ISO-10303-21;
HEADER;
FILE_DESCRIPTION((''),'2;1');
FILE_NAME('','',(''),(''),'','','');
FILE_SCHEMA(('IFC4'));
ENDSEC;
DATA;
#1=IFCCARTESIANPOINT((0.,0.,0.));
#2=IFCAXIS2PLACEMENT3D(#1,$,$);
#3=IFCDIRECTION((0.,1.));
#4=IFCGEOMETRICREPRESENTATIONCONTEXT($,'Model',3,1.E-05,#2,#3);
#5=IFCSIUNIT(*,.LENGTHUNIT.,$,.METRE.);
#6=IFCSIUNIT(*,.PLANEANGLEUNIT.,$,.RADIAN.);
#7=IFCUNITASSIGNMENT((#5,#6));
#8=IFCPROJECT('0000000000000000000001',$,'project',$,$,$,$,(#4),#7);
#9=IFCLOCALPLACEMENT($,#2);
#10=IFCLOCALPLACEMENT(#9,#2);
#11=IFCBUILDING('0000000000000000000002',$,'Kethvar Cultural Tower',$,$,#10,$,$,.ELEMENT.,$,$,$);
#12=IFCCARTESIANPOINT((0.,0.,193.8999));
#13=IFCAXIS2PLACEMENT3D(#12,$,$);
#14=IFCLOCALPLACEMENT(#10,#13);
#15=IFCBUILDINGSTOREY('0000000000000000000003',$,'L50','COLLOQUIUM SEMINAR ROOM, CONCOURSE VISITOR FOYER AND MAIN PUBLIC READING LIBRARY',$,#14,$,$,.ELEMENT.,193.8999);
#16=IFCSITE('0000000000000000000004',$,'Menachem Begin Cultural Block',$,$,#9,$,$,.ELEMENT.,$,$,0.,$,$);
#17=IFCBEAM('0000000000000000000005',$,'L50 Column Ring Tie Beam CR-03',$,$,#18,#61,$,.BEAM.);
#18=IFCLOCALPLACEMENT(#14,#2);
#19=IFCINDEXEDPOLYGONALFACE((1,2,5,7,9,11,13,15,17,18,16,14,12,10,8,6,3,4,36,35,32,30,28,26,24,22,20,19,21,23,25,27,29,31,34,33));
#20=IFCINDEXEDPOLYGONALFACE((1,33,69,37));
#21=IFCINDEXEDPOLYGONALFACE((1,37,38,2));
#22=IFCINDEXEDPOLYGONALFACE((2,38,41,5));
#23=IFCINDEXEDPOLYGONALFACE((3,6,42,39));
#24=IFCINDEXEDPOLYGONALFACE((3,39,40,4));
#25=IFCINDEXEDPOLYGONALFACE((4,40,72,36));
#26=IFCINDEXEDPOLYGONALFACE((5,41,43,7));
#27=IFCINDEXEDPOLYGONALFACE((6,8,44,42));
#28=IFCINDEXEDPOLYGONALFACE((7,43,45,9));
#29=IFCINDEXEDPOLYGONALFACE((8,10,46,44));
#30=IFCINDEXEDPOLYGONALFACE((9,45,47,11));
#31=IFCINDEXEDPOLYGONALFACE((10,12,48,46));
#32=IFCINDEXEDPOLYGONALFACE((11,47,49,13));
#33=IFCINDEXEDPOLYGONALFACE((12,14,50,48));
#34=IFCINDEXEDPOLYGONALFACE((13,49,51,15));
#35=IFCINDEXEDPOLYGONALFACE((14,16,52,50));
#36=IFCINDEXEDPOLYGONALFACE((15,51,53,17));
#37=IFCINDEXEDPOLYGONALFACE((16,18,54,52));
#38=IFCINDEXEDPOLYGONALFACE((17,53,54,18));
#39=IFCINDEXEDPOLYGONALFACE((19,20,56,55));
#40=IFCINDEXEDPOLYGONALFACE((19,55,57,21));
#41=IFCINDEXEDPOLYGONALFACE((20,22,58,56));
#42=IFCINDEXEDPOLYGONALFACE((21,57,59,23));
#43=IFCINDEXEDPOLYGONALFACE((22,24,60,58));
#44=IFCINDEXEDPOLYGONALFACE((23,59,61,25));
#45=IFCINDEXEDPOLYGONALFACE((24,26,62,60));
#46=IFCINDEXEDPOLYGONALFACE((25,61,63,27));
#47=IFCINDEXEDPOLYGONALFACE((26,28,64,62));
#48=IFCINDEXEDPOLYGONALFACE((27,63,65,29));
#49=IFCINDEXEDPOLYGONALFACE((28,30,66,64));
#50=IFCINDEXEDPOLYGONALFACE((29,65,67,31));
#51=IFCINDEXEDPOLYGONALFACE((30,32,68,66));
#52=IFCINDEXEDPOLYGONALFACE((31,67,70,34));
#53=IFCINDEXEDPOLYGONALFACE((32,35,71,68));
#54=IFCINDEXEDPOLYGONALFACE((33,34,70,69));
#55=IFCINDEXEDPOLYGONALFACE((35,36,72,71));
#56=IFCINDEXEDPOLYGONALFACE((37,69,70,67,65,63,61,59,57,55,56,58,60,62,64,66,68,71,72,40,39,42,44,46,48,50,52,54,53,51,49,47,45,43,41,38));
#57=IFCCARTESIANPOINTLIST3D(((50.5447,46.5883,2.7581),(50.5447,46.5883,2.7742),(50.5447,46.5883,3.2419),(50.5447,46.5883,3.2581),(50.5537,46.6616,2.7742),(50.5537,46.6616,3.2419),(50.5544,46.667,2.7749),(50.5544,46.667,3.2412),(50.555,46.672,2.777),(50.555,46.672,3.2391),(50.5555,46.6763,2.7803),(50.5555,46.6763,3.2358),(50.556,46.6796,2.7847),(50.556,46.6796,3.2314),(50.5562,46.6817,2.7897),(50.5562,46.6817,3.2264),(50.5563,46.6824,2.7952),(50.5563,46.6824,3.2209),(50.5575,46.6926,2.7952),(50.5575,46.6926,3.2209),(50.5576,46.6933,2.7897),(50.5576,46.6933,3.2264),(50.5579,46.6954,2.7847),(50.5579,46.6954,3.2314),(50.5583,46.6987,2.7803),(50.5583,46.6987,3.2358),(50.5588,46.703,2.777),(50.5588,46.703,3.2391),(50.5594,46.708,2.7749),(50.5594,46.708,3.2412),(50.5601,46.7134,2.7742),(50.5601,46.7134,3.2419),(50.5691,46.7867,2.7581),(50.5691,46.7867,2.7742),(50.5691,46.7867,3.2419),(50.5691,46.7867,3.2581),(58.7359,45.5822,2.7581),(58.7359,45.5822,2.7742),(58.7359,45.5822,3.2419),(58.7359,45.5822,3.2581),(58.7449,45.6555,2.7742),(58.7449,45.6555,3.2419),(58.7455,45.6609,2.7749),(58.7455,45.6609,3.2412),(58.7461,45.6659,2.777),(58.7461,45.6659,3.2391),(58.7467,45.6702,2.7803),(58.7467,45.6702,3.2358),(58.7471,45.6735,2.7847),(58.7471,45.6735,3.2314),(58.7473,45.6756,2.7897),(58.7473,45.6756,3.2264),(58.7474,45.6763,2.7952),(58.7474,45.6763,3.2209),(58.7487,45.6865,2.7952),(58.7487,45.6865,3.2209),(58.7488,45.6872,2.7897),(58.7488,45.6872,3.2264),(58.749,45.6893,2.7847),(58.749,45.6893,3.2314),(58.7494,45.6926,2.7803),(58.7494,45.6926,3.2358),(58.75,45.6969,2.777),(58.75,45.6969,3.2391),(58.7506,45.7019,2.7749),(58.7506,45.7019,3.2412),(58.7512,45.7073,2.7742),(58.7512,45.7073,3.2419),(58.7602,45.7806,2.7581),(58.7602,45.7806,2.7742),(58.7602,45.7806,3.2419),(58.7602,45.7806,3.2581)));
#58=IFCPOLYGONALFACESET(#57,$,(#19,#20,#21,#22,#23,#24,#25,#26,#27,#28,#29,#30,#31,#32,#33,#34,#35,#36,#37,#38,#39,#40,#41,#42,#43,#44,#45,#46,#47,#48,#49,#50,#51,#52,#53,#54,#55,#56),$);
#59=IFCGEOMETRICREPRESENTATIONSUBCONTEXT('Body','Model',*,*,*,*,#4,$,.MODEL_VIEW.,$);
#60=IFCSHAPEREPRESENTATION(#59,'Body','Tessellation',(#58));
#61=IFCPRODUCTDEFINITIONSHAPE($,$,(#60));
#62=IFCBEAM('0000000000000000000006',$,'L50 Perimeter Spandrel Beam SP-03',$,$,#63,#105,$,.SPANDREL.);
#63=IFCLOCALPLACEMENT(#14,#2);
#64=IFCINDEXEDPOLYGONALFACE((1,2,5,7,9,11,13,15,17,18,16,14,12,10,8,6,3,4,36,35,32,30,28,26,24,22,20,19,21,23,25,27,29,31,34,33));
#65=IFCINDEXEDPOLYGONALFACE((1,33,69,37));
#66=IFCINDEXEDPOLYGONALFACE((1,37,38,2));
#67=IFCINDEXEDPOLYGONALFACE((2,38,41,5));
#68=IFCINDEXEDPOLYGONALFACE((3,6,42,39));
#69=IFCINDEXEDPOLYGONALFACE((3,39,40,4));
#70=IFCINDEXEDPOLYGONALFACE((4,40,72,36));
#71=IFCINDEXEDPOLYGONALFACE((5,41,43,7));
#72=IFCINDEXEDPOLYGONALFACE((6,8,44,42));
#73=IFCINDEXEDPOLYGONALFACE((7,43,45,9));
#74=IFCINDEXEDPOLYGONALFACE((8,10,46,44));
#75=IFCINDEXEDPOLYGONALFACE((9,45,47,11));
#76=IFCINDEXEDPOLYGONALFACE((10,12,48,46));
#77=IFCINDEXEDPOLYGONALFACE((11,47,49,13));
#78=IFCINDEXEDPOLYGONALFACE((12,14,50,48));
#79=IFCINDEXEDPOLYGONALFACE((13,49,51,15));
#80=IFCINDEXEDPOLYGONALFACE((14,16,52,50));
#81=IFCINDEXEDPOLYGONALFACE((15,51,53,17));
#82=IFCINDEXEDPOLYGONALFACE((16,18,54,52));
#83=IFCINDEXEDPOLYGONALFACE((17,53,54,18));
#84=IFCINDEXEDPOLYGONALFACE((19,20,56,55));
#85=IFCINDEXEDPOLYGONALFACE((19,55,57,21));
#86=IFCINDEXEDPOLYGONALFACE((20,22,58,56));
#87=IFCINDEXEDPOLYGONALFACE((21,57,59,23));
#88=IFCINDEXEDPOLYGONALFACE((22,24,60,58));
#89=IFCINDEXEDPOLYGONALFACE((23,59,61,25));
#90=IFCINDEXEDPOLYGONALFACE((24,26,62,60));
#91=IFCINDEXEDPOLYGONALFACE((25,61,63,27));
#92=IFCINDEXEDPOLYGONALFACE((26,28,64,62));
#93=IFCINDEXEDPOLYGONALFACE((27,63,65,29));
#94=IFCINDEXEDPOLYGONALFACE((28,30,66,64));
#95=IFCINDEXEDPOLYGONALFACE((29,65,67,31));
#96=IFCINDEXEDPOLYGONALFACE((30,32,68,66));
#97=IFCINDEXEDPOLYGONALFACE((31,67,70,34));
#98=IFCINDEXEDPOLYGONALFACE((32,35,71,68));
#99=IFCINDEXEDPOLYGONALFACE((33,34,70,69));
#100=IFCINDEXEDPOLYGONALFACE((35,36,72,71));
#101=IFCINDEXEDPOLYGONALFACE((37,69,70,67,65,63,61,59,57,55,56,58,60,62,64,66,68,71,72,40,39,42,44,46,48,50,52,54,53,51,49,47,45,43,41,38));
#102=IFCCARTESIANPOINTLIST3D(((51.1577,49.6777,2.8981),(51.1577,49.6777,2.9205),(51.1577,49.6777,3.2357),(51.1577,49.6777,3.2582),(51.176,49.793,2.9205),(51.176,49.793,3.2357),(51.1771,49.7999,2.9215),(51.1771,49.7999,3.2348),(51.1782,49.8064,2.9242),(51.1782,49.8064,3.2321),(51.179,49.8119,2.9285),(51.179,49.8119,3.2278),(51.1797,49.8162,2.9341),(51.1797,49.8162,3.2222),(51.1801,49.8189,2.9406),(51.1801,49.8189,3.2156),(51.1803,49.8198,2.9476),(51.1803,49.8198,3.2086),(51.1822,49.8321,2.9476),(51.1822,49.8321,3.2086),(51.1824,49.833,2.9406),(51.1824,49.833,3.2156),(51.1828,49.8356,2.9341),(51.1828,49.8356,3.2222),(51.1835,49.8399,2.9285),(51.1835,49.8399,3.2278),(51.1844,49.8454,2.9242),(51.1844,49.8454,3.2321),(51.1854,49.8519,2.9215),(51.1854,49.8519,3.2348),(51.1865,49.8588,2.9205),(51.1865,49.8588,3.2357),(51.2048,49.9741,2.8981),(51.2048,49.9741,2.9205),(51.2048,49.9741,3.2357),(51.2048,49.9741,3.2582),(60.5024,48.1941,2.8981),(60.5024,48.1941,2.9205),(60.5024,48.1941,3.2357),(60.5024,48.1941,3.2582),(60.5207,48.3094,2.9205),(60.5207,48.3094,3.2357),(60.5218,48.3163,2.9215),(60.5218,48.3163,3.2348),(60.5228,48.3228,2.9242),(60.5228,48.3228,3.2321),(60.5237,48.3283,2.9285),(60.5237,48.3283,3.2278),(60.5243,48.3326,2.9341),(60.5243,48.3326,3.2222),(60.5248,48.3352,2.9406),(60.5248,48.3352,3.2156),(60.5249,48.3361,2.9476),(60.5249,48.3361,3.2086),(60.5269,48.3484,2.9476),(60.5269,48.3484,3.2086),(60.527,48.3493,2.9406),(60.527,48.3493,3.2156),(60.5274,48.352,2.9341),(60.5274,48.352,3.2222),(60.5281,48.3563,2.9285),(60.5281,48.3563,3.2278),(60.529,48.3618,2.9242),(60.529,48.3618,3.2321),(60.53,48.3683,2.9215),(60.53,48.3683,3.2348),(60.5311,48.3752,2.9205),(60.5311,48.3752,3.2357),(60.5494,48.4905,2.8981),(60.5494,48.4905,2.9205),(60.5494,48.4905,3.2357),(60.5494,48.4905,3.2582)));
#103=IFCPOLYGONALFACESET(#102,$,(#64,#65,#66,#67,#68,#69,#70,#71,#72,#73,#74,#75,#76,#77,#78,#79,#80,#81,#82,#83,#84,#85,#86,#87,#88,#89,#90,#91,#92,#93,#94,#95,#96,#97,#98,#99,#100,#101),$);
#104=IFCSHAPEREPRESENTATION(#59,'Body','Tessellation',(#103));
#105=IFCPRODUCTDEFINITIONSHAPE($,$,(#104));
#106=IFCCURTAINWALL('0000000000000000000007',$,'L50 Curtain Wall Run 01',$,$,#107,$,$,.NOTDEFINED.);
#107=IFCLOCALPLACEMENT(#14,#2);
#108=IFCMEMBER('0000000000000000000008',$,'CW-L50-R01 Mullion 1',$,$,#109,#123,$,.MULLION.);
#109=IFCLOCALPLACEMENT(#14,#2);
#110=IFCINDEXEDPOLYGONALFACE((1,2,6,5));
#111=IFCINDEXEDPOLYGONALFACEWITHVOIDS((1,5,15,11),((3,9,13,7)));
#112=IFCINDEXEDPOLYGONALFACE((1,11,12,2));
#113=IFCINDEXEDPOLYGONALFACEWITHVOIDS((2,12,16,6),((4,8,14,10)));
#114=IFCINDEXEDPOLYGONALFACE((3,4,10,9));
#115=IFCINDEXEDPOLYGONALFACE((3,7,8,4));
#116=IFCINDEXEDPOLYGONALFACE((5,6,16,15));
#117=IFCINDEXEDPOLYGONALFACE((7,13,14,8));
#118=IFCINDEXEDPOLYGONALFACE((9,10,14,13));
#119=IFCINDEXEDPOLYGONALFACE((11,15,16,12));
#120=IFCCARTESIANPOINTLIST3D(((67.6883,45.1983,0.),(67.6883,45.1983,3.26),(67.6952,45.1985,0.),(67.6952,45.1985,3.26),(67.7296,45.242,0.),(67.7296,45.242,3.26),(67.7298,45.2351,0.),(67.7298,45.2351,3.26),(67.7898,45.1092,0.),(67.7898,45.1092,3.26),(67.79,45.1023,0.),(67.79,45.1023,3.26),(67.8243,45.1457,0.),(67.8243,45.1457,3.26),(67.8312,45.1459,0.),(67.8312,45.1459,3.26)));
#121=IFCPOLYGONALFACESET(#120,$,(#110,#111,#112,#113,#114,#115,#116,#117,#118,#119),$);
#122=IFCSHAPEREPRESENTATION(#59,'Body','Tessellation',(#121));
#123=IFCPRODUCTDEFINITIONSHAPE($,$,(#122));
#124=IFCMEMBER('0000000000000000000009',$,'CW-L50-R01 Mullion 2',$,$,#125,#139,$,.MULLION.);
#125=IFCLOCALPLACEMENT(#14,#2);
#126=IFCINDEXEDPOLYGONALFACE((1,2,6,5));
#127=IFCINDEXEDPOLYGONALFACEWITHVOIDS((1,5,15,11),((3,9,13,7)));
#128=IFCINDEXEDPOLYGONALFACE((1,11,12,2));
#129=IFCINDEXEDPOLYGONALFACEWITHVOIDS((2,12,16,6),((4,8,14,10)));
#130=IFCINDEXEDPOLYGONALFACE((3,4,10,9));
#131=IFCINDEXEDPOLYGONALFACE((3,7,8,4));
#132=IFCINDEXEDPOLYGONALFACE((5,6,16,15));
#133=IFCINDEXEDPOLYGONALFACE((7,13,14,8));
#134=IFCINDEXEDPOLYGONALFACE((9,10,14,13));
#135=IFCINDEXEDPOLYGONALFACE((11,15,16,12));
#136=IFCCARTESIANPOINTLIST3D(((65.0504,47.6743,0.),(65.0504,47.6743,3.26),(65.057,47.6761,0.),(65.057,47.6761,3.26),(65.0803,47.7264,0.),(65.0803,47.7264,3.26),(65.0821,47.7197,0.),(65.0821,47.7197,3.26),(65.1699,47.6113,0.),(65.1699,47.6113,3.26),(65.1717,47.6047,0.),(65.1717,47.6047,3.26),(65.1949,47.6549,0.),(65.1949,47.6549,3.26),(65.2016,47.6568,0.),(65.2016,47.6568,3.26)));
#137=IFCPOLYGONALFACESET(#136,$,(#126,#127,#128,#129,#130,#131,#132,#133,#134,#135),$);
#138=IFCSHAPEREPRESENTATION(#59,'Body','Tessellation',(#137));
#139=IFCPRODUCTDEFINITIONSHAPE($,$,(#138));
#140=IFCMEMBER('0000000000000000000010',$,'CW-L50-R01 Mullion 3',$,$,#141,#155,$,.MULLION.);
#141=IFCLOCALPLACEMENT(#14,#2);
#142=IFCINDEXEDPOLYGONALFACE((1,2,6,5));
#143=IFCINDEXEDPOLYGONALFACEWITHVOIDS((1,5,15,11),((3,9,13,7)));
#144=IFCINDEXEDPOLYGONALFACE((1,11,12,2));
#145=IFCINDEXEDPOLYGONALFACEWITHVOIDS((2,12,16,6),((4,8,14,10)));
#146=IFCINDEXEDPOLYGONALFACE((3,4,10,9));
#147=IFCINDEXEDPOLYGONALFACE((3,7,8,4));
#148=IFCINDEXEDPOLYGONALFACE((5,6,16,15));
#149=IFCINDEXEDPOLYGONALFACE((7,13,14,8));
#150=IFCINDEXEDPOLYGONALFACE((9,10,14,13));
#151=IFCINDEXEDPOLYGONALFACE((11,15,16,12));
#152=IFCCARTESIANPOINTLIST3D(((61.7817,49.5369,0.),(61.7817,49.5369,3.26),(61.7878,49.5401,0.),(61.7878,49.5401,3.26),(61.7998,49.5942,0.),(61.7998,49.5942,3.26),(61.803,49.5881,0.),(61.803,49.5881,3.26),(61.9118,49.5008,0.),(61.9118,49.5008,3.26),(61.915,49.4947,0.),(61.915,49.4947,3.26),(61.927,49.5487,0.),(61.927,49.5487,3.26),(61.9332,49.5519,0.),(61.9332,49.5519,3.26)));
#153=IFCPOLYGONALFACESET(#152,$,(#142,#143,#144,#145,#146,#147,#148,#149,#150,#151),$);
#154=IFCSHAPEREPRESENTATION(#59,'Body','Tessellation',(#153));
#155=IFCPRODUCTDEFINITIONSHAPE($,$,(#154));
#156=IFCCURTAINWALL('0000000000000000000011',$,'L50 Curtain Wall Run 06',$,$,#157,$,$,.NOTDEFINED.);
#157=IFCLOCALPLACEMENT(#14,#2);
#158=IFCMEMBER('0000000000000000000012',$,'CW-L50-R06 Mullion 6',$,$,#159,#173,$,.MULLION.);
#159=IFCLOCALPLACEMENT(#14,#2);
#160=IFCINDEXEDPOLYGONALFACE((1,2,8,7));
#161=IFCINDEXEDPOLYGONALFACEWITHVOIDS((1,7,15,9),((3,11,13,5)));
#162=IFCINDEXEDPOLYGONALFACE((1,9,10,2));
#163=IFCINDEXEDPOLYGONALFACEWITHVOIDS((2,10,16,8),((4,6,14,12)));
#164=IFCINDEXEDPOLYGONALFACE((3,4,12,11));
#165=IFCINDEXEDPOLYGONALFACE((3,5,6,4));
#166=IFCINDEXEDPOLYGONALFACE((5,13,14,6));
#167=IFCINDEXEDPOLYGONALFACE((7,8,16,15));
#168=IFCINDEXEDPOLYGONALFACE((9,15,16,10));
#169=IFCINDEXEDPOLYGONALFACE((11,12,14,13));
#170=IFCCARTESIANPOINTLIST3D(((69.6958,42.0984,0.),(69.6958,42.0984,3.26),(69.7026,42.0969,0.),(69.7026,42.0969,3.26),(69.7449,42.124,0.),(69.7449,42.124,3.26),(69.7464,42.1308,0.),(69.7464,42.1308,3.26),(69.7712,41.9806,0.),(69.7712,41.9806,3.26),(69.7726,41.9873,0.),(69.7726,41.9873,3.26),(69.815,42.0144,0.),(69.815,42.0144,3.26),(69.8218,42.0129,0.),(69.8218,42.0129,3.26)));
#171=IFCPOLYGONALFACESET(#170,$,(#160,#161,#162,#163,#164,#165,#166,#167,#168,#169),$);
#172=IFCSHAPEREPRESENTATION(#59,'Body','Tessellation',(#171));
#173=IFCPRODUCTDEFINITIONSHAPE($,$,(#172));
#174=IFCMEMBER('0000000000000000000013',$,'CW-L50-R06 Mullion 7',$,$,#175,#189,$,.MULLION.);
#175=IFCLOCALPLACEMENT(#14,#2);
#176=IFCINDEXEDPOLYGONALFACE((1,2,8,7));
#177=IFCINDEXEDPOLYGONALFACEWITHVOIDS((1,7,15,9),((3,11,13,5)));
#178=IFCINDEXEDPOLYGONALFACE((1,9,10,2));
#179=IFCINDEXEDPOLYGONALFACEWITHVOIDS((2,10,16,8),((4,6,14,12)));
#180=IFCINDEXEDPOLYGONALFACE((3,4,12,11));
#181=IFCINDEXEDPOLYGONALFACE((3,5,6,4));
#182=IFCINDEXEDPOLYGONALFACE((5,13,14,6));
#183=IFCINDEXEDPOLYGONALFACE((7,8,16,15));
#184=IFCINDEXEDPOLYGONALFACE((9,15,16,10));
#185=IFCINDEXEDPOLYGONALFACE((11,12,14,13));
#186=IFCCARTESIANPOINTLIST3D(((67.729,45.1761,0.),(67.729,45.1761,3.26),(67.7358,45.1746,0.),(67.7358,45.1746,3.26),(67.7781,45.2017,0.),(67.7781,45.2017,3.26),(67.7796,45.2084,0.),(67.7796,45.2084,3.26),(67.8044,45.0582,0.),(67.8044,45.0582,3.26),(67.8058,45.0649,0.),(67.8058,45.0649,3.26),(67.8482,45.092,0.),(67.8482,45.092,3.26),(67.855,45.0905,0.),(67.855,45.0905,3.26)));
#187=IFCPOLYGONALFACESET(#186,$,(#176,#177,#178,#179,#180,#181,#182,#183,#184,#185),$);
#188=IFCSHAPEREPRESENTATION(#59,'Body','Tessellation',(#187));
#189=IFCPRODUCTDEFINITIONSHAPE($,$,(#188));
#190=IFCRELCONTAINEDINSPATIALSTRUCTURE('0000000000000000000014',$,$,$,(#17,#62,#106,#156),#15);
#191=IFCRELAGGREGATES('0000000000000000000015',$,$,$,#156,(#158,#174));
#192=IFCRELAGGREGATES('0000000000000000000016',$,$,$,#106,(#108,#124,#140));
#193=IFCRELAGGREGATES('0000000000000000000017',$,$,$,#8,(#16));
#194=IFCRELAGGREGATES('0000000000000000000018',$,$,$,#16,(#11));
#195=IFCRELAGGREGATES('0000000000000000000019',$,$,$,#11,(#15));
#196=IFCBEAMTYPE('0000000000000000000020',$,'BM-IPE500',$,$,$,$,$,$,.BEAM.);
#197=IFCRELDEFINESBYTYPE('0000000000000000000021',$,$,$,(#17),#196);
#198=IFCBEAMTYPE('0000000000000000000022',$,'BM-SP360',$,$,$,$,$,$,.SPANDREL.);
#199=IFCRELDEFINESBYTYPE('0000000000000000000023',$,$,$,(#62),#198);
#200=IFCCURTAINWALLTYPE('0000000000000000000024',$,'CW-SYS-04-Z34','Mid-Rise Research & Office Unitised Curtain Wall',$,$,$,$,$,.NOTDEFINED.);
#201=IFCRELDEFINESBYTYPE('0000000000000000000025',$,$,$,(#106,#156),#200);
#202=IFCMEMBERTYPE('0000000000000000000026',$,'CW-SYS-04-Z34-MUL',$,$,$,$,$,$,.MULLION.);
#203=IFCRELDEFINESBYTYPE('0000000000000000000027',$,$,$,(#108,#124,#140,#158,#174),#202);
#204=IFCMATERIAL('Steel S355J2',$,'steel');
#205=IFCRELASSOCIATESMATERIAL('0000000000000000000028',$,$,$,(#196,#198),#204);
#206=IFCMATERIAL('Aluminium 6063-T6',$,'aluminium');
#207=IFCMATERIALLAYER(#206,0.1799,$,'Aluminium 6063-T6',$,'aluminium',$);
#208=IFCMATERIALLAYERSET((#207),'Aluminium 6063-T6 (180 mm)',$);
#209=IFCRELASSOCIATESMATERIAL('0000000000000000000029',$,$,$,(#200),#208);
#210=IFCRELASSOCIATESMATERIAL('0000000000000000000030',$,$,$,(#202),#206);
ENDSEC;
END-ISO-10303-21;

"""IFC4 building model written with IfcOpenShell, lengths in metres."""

from ifc_helpers import new_model, si_unit, direction, frame, origin, origin_2d, place, context, subcontext, project, spatial, hollow_rectangle, i_section, extrude, source, transform, mapped, material, layer, layer_set, material_profile, profile_set, type_object, element, aggregate, save


model = new_model("IFC4")

# Units and contexts
model_context = context("Model", 3, precision=1e-05, world=origin(), true_north=direction((0.0, 1.0)))
body_context = subcontext(model_context, "Body", "Model", "MODEL_VIEW")
ifc_project = project(units=[si_unit("LENGTHUNIT", "METRE"), si_unit("PLANEANGLEUNIT", "RADIAN")], contexts=[model_context])

# Site, building, storey
site_placement = place(None, origin())
site = spatial("IfcSite", under=ifc_project, at=site_placement, Name="Menachem Begin Cultural Block", CompositionType="ELEMENT", RefElevation=0.0)
building_placement = place(site_placement, origin())
building = spatial("IfcBuilding", under=site, at=building_placement, Name="Kethvar Cultural Tower", CompositionType="ELEMENT")
storey_placement = place(building_placement, frame((0.0, 0.0, 193.8999)))
storey = spatial("IfcBuildingStorey", under=building, at=storey_placement, Name="L50", Description="COLLOQUIUM SEMINAR ROOM, CONCOURSE VISITOR FOYER AND MAIN PUBLIC READING LIBRARY", CompositionType="ELEMENT", Elevation=193.8999)

# Beams
ifc_material_1 = material(Name="Steel S355J2", Category="steel")
ifc_material_profile_1 = material_profile(ifc_material_1, i_section(OverallWidth=0.2, OverallDepth=0.5, WebThickness=0.0103, FlangeThickness=0.0161, FilletRadius=0.021, at=origin_2d()), Name="Steel S355J2 — IPE500")
ifc_profile_set_1 = profile_set([ifc_material_profile_1], Name="Steel S355J2 — IPE500")
beam_type_1 = type_object("IfcBeamType", Name="BM-IPE500", PredefinedType="BEAM", material=ifc_profile_set_1)
ifc_material_profile_2 = material_profile(ifc_material_1, i_section(OverallWidth=0.3, OverallDepth=0.3601, WebThickness=0.0125, FlangeThickness=0.0225, FilletRadius=0.0271, at=origin_2d()), Name="Steel S355J2 — HEB360")
ifc_profile_set_2 = profile_set([ifc_material_profile_2], Name="Steel S355J2 — HEB360")
beam_type_2 = type_object("IfcBeamType", Name="BM-SP360", PredefinedType="SPANDREL", material=ifc_profile_set_2)
shared_shape_1 = source(origin(), body_context, "Body", "SweptSolid", [
    extrude(i_section(OverallWidth=0.2, OverallDepth=0.5, WebThickness=0.0103, FlangeThickness=0.0161, FilletRadius=0.021, at=origin_2d()), origin(), (0.0, 0.0, 1.0), 8.2527),
])
beam_1_placement = place(storey_placement, frame((58.748, 45.6814, 3.0081), z_axis=(-0.992541, 0.121912, 0.0), x_axis=(-0.121912, -0.992541, 0.0)))
element("IfcBeam", 1, at=beam_1_placement, inside=storey, type_object=beam_type_1, Name="L50 Column Ring Tie Beam CR-03", PredefinedType="BEAM", context=body_context, shape_type="MappedRepresentation", body=[
    mapped(shared_shape_1, transform((0.0, 0.0, 0.0), scale=1.0)),
])
shared_shape_2 = source(origin(), body_context, "Body", "SweptSolid", [
    extrude(i_section(OverallWidth=0.3, OverallDepth=0.3601, WebThickness=0.0125, FlangeThickness=0.0225, FilletRadius=0.0271, at=origin_2d()), origin(), (0.0, 0.0, 1.0), 9.4617),
])
beam_2_placement = place(storey_placement, frame((60.5259, 48.3423, 3.0781), z_axis=(-0.98763, 0.156804, 0.0), x_axis=(-0.156804, -0.98763, 0.0)))
element("IfcBeam", 2, at=beam_2_placement, inside=storey, type_object=beam_type_2, Name="L50 Perimeter Spandrel Beam SP-03", PredefinedType="SPANDREL", context=body_context, shape_type="MappedRepresentation", body=[
    mapped(shared_shape_2, transform((0.0, 0.0, 0.0), scale=1.0)),
])

# Curtain walls, members
ifc_material_2 = material(Name="Aluminium 6063-T6", Category="aluminium")
ifc_layer_1 = layer(ifc_material_2, 0.1799, Name="Aluminium 6063-T6", Category="aluminium")
ifc_layer_set_1 = layer_set([ifc_layer_1], Name="Aluminium 6063-T6 (180 mm)")
curtain_wall_type = type_object("IfcCurtainWallType", Name="CW-SYS-04-Z34", Description="Mid-Rise Research & Office Unitised Curtain Wall", PredefinedType="NOTDEFINED", material=ifc_layer_set_1)
curtain_wall_1_placement = place(storey_placement, origin())
curtain_wall_1 = element("IfcCurtainWall", 3, at=curtain_wall_1_placement, inside=storey, type_object=curtain_wall_type, Name="L50 Curtain Wall Run 01", PredefinedType="NOTDEFINED")
ifc_material_profile_3 = material_profile(ifc_material_2, hollow_rectangle(XDim=0.0601, YDim=0.1399, WallThickness=0.0049, at=origin_2d()), Name="Aluminium 6063-T6 — RHS140x60x5")
ifc_profile_set_3 = profile_set([ifc_material_profile_3], Name="Aluminium 6063-T6 — RHS140x60x5")
member_type_1 = type_object("IfcMemberType", Name="CW-SYS-04-Z34-MUL", PredefinedType="MULLION", material=ifc_profile_set_3)
shared_shape_3 = source(origin(), body_context, "Body", "SweptSolid", [
    extrude(hollow_rectangle(XDim=0.0601, YDim=0.1399, WallThickness=0.0049, at=origin_2d()), origin(), (0.0, 0.0, 1.0), 3.26),
])
member_1_placement = place(storey_placement, frame((67.7598, 45.1721, 0.0), z_axis=(0.0, 0.0, 1.0), x_axis=(-0.686859, -0.72679, 0.0)))
member_1 = element("IfcMember", 4, at=member_1_placement, type_object=member_type_1, Name="CW-L50-R01 Mullion 1", PredefinedType="MULLION", context=body_context, shape_type="MappedRepresentation", body=[
    mapped(shared_shape_3, transform((0.0, 0.0, 0.0), scale=1.0)),
])
member_2_placement = place(storey_placement, frame((65.126, 47.6655, 0.0), z_axis=(0.0, 0.0, 1.0), x_axis=(-0.497792, -0.867297, 0.0)))
member_2 = element("IfcMember", 5, at=member_2_placement, type_object=member_type_1, Name="CW-L50-R01 Mullion 2", PredefinedType="MULLION", context=body_context, shape_type="MappedRepresentation", body=[
    mapped(shared_shape_3, transform((0.0, 0.0, 0.0), scale=1.0)),
])
member_3_placement = place(storey_placement, frame((61.8574, 49.5444, 0.0), z_axis=(0.0, 0.0, 1.0), x_axis=(-0.302204, -0.953243, 0.0)))
member_3 = element("IfcMember", 6, at=member_3_placement, type_object=member_type_1, Name="CW-L50-R01 Mullion 3", PredefinedType="MULLION", context=body_context, shape_type="MappedRepresentation", body=[
    mapped(shared_shape_3, transform((0.0, 0.0, 0.0), scale=1.0)),
])
curtain_wall_2_placement = place(storey_placement, origin())
curtain_wall_2 = element("IfcCurtainWall", 7, at=curtain_wall_2_placement, inside=storey, type_object=curtain_wall_type, Name="L50 Curtain Wall Run 06", PredefinedType="NOTDEFINED")
member_4_placement = place(storey_placement, frame((69.7588, 42.0557, 0.0), z_axis=(0.0, 0.0, 1.0), x_axis=(-0.842631, -0.538491, 0.0)))
member_4 = element("IfcMember", 8, at=member_4_placement, type_object=member_type_1, Name="CW-L50-R06 Mullion 6", PredefinedType="MULLION", context=body_context, shape_type="MappedRepresentation", body=[
    mapped(shared_shape_3, transform((0.0, 0.0, 0.0), scale=1.0)),
])
member_5_placement = place(storey_placement, frame((67.792, 45.1333, 0.0), z_axis=(0.0, 0.0, 1.0), x_axis=(-0.842631, -0.538491, 0.0)))
member_5 = element("IfcMember", 9, at=member_5_placement, type_object=member_type_1, Name="CW-L50-R06 Mullion 7", PredefinedType="MULLION", context=body_context, shape_type="MappedRepresentation", body=[
    mapped(shared_shape_3, transform((0.0, 0.0, 0.0), scale=1.0)),
])

aggregate(curtain_wall_2, [member_4, member_5])
aggregate(curtain_wall_1, [member_1, member_2, member_3])

save(model, "model.ifc")
